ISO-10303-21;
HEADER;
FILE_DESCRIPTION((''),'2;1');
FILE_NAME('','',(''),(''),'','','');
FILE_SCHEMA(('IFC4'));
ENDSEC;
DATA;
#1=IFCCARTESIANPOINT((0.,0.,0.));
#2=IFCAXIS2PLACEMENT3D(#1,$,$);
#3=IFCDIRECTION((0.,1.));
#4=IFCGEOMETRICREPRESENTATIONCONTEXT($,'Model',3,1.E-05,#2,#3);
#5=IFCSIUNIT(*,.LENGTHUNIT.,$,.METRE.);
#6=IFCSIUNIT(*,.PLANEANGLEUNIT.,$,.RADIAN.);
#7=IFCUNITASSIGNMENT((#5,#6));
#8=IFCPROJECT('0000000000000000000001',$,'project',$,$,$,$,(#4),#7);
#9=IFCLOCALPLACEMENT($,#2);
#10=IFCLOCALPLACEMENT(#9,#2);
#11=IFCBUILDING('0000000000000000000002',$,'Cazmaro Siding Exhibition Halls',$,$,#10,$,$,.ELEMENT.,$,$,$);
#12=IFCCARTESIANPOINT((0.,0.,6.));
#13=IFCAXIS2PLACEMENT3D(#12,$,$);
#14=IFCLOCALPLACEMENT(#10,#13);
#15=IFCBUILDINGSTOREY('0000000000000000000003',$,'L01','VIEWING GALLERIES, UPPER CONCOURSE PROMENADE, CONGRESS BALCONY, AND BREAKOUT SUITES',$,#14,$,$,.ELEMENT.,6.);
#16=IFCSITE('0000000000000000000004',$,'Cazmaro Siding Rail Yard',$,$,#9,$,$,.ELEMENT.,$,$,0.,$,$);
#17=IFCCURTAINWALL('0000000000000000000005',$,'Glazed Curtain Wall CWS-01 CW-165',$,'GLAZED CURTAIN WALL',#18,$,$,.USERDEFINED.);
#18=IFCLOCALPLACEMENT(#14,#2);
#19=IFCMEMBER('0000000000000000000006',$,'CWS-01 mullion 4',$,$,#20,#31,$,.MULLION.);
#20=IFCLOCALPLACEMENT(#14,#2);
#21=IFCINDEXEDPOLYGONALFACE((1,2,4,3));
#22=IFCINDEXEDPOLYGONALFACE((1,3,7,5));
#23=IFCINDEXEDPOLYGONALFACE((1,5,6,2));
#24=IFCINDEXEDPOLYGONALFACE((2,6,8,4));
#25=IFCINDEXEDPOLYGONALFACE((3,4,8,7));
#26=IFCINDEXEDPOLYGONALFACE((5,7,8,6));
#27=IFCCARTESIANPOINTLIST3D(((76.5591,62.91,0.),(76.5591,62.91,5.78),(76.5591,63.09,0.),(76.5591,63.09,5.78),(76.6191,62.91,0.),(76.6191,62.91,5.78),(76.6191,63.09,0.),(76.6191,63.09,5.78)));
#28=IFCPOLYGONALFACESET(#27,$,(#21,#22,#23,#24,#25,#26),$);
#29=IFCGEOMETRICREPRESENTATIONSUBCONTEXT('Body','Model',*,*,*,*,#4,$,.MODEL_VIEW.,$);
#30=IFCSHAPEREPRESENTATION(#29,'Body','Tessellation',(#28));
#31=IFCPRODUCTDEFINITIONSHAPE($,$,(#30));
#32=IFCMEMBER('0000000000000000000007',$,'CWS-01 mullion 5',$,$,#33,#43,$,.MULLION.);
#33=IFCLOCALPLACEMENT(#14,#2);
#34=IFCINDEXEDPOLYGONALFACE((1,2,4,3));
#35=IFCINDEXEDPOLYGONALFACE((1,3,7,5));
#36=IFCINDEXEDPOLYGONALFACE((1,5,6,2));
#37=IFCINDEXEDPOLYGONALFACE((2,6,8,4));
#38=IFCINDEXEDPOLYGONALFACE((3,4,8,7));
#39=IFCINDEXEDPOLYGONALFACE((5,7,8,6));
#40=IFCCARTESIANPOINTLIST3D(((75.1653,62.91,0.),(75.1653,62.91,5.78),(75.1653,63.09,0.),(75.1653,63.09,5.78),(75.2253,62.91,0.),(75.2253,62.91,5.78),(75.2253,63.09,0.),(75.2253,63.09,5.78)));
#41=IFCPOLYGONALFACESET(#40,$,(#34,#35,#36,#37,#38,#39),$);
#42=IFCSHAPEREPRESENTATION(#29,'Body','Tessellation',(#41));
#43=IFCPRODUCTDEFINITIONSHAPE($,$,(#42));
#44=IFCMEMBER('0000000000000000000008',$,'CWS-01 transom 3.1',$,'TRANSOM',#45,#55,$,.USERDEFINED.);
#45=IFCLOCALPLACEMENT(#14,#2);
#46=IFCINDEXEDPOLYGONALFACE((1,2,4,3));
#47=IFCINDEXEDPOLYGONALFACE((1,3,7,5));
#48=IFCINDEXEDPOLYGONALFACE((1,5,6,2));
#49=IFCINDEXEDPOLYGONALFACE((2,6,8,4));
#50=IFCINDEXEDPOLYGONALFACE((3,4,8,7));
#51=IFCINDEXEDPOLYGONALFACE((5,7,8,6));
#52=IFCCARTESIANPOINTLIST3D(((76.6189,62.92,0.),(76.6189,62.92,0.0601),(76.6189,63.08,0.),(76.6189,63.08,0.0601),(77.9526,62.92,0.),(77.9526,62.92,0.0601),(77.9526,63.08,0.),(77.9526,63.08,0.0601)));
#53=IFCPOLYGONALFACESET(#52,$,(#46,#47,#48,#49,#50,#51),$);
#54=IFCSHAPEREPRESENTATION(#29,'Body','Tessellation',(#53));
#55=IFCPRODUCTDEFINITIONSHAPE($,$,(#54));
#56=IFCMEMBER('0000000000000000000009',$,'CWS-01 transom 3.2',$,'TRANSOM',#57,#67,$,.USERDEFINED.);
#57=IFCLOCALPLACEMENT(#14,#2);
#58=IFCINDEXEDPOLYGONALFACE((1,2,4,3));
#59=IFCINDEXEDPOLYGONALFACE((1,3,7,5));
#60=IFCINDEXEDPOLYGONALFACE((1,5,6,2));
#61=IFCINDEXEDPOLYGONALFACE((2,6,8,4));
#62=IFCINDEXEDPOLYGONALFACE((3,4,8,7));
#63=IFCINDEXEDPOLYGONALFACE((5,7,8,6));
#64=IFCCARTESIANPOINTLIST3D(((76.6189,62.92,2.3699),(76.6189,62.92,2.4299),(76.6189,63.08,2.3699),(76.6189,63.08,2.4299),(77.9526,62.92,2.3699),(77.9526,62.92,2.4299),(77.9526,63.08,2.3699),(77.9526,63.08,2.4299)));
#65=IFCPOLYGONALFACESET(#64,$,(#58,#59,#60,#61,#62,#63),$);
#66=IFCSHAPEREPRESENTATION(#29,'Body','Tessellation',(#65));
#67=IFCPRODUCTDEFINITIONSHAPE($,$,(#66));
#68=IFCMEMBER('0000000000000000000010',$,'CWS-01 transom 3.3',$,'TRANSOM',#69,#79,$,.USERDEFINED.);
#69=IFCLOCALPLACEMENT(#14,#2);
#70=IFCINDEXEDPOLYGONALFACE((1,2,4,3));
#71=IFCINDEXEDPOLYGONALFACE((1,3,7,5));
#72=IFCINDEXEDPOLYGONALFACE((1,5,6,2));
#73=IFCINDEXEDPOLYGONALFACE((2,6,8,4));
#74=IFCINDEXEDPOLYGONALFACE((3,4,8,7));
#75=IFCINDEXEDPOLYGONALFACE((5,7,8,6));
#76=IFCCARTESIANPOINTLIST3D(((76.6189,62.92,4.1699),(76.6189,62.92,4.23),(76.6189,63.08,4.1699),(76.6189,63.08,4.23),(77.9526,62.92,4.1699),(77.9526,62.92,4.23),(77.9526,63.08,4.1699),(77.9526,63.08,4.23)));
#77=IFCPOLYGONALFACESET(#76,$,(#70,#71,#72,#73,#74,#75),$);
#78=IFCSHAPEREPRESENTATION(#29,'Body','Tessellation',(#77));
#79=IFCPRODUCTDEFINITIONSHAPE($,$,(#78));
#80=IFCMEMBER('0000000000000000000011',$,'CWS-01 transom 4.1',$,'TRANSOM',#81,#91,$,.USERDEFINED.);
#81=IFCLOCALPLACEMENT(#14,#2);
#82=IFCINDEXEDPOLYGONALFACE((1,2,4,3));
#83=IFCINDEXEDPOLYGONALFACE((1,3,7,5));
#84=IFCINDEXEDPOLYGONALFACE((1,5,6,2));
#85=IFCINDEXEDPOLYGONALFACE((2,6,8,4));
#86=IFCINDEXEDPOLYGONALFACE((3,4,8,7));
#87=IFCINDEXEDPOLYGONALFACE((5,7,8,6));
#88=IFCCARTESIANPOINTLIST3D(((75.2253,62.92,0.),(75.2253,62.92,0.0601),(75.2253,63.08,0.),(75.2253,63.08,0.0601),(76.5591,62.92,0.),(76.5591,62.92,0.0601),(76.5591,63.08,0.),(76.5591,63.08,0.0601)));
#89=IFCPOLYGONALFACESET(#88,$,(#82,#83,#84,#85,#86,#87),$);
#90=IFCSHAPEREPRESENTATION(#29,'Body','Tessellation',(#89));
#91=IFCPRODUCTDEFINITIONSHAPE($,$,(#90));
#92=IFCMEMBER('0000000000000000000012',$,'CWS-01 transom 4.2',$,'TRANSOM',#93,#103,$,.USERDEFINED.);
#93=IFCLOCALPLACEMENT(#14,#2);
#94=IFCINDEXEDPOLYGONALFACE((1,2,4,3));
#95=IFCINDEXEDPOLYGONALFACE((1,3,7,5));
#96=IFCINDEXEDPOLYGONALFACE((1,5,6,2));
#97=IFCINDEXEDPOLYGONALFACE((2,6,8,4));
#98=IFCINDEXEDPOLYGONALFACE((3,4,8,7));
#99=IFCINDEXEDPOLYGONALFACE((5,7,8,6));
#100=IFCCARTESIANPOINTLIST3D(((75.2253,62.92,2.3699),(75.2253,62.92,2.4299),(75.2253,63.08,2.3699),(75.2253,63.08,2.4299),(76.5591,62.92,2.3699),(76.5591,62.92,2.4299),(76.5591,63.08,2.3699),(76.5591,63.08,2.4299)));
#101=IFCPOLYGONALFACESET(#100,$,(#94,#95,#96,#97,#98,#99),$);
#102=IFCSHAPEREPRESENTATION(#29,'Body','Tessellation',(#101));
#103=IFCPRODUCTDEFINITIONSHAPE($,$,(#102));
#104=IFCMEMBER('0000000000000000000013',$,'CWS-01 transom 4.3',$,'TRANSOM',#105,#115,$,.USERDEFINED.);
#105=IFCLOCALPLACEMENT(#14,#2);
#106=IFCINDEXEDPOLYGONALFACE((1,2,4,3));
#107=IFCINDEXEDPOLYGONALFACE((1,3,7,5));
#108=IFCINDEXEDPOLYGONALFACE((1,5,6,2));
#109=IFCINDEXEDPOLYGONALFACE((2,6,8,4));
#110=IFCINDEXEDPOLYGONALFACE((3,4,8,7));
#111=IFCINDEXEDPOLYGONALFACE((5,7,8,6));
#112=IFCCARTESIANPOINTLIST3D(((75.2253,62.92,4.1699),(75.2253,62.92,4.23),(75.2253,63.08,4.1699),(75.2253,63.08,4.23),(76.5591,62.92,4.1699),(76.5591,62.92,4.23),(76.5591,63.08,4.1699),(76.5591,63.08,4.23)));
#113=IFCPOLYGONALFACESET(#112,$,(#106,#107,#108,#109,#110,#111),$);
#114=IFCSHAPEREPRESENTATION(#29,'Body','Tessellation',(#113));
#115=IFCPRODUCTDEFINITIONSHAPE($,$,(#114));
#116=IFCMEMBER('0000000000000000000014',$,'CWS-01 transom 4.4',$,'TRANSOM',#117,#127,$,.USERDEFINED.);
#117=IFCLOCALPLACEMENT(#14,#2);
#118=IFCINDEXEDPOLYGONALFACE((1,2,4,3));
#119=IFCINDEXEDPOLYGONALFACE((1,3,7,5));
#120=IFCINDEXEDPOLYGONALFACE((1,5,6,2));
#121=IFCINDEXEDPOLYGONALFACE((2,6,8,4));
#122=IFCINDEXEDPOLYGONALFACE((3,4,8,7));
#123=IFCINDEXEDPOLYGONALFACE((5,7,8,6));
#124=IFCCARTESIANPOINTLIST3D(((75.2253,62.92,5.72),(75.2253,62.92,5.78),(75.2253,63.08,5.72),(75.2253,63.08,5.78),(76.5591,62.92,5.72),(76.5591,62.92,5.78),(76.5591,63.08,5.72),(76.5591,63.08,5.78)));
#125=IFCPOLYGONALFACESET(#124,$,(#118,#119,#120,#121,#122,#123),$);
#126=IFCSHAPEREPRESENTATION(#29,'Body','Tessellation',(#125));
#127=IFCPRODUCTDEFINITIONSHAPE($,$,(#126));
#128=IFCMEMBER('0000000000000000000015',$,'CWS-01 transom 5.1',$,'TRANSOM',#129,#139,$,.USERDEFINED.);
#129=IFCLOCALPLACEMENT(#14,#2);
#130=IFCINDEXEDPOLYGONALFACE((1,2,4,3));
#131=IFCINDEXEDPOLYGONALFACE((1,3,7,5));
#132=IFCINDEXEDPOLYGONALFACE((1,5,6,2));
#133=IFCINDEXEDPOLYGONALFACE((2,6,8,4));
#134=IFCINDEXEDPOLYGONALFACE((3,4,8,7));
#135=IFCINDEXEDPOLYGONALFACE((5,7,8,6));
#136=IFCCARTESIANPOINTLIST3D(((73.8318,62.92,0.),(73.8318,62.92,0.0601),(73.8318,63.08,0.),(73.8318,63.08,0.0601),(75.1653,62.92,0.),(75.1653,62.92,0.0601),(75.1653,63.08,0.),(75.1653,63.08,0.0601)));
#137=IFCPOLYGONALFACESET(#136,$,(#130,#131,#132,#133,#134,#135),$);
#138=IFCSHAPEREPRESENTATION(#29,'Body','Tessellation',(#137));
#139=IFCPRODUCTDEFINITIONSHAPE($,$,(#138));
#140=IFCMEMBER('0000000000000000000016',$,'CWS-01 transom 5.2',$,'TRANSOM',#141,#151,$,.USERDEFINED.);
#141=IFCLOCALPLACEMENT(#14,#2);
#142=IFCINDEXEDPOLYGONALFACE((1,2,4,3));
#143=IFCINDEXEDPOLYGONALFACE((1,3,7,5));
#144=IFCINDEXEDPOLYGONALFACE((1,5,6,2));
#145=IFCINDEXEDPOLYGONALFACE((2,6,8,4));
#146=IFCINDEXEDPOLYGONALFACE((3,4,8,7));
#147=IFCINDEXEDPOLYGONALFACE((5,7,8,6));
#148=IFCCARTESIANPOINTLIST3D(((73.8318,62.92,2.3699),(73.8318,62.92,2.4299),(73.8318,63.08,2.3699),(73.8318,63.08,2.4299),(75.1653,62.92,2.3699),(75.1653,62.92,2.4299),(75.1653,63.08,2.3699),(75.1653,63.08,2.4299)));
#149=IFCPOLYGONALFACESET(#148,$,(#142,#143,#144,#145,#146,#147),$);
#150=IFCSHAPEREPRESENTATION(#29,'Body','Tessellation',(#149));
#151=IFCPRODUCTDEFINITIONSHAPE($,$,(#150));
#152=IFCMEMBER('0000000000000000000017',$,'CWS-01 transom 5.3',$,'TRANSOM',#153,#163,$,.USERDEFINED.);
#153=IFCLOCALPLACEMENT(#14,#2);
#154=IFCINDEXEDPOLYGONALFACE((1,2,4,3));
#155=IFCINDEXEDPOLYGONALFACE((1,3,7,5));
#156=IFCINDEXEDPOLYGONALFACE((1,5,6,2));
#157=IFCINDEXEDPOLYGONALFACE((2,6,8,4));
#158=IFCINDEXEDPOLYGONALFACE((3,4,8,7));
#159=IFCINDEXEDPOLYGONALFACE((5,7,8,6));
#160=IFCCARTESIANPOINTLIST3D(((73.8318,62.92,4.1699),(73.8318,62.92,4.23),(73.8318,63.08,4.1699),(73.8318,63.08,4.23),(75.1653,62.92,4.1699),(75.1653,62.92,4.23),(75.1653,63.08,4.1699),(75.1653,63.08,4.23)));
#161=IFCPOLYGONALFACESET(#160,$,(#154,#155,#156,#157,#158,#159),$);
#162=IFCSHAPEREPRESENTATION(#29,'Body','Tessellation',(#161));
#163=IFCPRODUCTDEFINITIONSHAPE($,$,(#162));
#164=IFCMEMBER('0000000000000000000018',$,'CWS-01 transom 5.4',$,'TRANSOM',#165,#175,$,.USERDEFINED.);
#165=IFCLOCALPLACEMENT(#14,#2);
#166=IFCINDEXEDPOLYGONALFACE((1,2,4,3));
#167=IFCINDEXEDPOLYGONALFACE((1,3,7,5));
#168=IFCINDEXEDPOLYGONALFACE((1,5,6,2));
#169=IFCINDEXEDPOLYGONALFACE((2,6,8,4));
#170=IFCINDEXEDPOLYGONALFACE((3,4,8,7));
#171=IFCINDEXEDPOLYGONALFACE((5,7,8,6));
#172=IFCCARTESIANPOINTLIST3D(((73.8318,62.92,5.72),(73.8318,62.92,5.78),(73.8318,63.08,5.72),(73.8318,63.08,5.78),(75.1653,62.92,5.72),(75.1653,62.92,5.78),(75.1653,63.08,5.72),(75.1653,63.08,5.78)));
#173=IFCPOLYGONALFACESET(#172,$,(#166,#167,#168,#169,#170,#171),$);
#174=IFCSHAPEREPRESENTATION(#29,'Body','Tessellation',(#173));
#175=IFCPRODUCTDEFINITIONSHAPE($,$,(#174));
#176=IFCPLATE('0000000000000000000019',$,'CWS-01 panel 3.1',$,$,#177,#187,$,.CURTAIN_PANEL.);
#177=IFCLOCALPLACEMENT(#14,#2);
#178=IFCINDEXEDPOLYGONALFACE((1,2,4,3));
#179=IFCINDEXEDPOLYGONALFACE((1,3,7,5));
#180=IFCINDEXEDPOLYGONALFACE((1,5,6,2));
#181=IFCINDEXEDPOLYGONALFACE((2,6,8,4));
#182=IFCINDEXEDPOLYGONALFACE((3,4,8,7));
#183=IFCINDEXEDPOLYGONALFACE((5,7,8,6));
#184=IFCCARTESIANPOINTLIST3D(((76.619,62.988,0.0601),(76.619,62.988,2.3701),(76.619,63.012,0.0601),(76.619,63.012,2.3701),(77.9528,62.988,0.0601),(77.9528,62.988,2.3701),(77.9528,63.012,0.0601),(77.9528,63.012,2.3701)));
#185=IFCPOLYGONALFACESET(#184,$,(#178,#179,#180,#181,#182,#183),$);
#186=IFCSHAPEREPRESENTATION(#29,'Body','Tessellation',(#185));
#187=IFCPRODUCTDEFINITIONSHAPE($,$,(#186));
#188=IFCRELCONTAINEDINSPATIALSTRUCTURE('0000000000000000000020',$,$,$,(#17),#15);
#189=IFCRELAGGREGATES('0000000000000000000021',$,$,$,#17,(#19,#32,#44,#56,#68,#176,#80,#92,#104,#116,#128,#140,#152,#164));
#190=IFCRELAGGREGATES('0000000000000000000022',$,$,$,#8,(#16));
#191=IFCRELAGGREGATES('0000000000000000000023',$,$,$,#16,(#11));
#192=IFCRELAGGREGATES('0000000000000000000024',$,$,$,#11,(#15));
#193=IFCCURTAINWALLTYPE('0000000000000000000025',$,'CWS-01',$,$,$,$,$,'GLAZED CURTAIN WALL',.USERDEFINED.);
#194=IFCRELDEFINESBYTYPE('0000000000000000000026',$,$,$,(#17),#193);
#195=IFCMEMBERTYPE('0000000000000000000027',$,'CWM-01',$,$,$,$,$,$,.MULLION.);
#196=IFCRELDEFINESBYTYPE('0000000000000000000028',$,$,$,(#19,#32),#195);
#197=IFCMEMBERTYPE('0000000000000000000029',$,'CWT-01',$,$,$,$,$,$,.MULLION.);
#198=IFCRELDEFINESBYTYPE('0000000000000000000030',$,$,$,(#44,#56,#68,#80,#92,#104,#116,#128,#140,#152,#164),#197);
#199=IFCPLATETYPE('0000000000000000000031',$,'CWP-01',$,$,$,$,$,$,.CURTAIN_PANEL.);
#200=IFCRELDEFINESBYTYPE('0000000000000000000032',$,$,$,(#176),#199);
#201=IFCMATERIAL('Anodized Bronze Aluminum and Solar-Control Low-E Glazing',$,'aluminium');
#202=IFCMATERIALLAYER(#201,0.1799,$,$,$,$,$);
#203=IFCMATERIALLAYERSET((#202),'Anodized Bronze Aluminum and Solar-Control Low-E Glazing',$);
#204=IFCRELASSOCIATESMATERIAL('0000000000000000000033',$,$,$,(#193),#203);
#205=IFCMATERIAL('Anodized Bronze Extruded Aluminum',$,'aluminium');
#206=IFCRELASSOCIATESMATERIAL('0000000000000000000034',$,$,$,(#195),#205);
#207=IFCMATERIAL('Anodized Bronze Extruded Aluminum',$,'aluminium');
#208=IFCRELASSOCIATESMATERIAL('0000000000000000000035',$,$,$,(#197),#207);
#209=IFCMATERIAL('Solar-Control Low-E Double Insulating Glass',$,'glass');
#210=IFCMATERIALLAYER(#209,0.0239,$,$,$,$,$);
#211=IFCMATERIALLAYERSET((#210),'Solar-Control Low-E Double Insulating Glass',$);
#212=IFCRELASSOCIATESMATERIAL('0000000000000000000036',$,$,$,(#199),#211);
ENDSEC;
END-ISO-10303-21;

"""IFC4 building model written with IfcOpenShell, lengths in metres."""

from ifc_helpers import new_model, si_unit, direction, frame, origin, origin_2d, place, context, subcontext, project, spatial, rectangle, extrude, material, layer, layer_set, material_profile, profile_set, type_object, element, aggregate, save


model = new_model("IFC4")

# Units and contexts
model_context = context("Model", 3, precision=1e-05, world=origin(), true_north=direction((0.0, 1.0)))
body_context = subcontext(model_context, "Body", "Model", "MODEL_VIEW")
ifc_project = project(units=[si_unit("LENGTHUNIT", "METRE"), si_unit("PLANEANGLEUNIT", "RADIAN")], contexts=[model_context])

# Site, building, storey
site_placement = place(None, origin())
site = spatial("IfcSite", under=ifc_project, at=site_placement, Name="Cazmaro Siding Rail Yard", CompositionType="ELEMENT", RefElevation=0.0)
building_placement = place(site_placement, origin())
building = spatial("IfcBuilding", under=site, at=building_placement, Name="Cazmaro Siding Exhibition Halls", CompositionType="ELEMENT")
storey_placement = place(building_placement, frame((0.0, 0.0, 6.0)))
storey = spatial("IfcBuildingStorey", under=building, at=storey_placement, Name="L01", Description="VIEWING GALLERIES, UPPER CONCOURSE PROMENADE, CONGRESS BALCONY, AND BREAKOUT SUITES", CompositionType="ELEMENT", Elevation=6.0)

# Curtain wall, members, plate
ifc_material_1 = material(Name="Anodized Bronze Aluminum and Solar-Control Low-E Glazing", Category="aluminium")
ifc_layer_1 = layer(ifc_material_1, 0.1799)
ifc_layer_set_1 = layer_set([ifc_layer_1], Name="Anodized Bronze Aluminum and Solar-Control Low-E Glazing")
curtain_wall_type = type_object("IfcCurtainWallType", Name="CWS-01", ElementType="GLAZED CURTAIN WALL", PredefinedType="USERDEFINED", material=ifc_layer_set_1)
curtain_wall_placement = place(storey_placement, origin())
curtain_wall = element("IfcCurtainWall", 1, at=curtain_wall_placement, inside=storey, type_object=curtain_wall_type, Name="Glazed Curtain Wall CWS-01 CW-165", ObjectType="GLAZED CURTAIN WALL", PredefinedType="USERDEFINED")
ifc_material_2 = material(Name="Anodized Bronze Extruded Aluminum", Category="aluminium")
ifc_material_profile_1 = material_profile(ifc_material_2, rectangle(XDim=0.1799, YDim=0.0601, at=origin_2d()), Name="CWM-01")
ifc_profile_set_1 = profile_set([ifc_material_profile_1], Name="Anodized Bronze Extruded Aluminum")
member_type_1 = type_object("IfcMemberType", Name="CWM-01", PredefinedType="MULLION", material=ifc_profile_set_1)
member_1_placement = place(storey_placement, frame((76.5891, 63.0, 0.0), z_axis=(0.0, 0.0, 1.0), x_axis=(0.0, -1.0, 0.0)))
member_1 = element("IfcMember", 2, at=member_1_placement, type_object=member_type_1, Name="CWS-01 mullion 4", PredefinedType="MULLION", context=body_context, shape_type="SweptSolid", body=[
    extrude(rectangle(XDim=0.1799, YDim=0.0601, at=origin_2d()), origin(), (0.0, 0.0, 1.0), 5.78),
])
member_2_placement = place(storey_placement, frame((75.1953, 63.0, 0.0), z_axis=(0.0, 0.0, 1.0), x_axis=(0.0, -1.0, 0.0)))
member_2 = element("IfcMember", 3, at=member_2_placement, type_object=member_type_1, Name="CWS-01 mullion 5", PredefinedType="MULLION", context=body_context, shape_type="SweptSolid", body=[
    extrude(rectangle(XDim=0.1799, YDim=0.0601, at=origin_2d()), origin(), (0.0, 0.0, 1.0), 5.78),
])
ifc_material_3 = material(Name="Anodized Bronze Extruded Aluminum", Category="aluminium")
ifc_material_profile_2 = material_profile(ifc_material_3, rectangle(XDim=0.1599, YDim=0.0601, at=origin_2d()), Name="CWT-01")
ifc_profile_set_2 = profile_set([ifc_material_profile_2], Name="Anodized Bronze Extruded Aluminum")
member_type_2 = type_object("IfcMemberType", Name="CWT-01", PredefinedType="MULLION", material=ifc_profile_set_2)
member_3_placement = place(storey_placement, frame((77.9526, 63.0, 0.03), z_axis=(-1.0, 0.0, 0.0), x_axis=(0.0, -1.0, 0.0)))
member_3 = element("IfcMember", 4, at=member_3_placement, type_object=member_type_2, Name="CWS-01 transom 3.1", ObjectType="TRANSOM", PredefinedType="USERDEFINED", context=body_context, shape_type="SweptSolid", body=[
    extrude(rectangle(XDim=0.1599, YDim=0.0601, at=origin_2d()), origin(), (0.0, 0.0, 1.0), 1.3337),
])
member_4_placement = place(storey_placement, frame((77.9526, 63.0, 2.3999), z_axis=(-1.0, 0.0, 0.0), x_axis=(0.0, -1.0, 0.0)))
member_4 = element("IfcMember", 5, at=member_4_placement, type_object=member_type_2, Name="CWS-01 transom 3.2", ObjectType="TRANSOM", PredefinedType="USERDEFINED", context=body_context, shape_type="SweptSolid", body=[
    extrude(rectangle(XDim=0.1599, YDim=0.0601, at=origin_2d()), origin(), (0.0, 0.0, 1.0), 1.3337),
])
member_5_placement = place(storey_placement, frame((77.9526, 63.0, 4.2), z_axis=(-1.0, 0.0, 0.0), x_axis=(0.0, -1.0, 0.0)))
member_5 = element("IfcMember", 6, at=member_5_placement, type_object=member_type_2, Name="CWS-01 transom 3.3", ObjectType="TRANSOM", PredefinedType="USERDEFINED", context=body_context, shape_type="SweptSolid", body=[
    extrude(rectangle(XDim=0.1599, YDim=0.0601, at=origin_2d()), origin(), (0.0, 0.0, 1.0), 1.3337),
])
member_6_placement = place(storey_placement, frame((76.5591, 63.0, 0.03), z_axis=(-1.0, 0.0, 0.0), x_axis=(0.0, -1.0, 0.0)))
member_6 = element("IfcMember", 7, at=member_6_placement, type_object=member_type_2, Name="CWS-01 transom 4.1", ObjectType="TRANSOM", PredefinedType="USERDEFINED", context=body_context, shape_type="SweptSolid", body=[
    extrude(rectangle(XDim=0.1599, YDim=0.0601, at=origin_2d()), origin(), (0.0, 0.0, 1.0), 1.3337),
])
member_7_placement = place(storey_placement, frame((76.5591, 63.0, 2.3999), z_axis=(-1.0, 0.0, 0.0), x_axis=(0.0, -1.0, 0.0)))
member_7 = element("IfcMember", 8, at=member_7_placement, type_object=member_type_2, Name="CWS-01 transom 4.2", ObjectType="TRANSOM", PredefinedType="USERDEFINED", context=body_context, shape_type="SweptSolid", body=[
    extrude(rectangle(XDim=0.1599, YDim=0.0601, at=origin_2d()), origin(), (0.0, 0.0, 1.0), 1.3337),
])
member_8_placement = place(storey_placement, frame((76.5591, 63.0, 4.2), z_axis=(-1.0, 0.0, 0.0), x_axis=(0.0, -1.0, 0.0)))
member_8 = element("IfcMember", 9, at=member_8_placement, type_object=member_type_2, Name="CWS-01 transom 4.3", ObjectType="TRANSOM", PredefinedType="USERDEFINED", context=body_context, shape_type="SweptSolid", body=[
    extrude(rectangle(XDim=0.1599, YDim=0.0601, at=origin_2d()), origin(), (0.0, 0.0, 1.0), 1.3337),
])
member_9_placement = place(storey_placement, frame((76.5591, 63.0, 5.75), z_axis=(-1.0, 0.0, 0.0), x_axis=(0.0, -1.0, 0.0)))
member_9 = element("IfcMember", 10, at=member_9_placement, type_object=member_type_2, Name="CWS-01 transom 4.4", ObjectType="TRANSOM", PredefinedType="USERDEFINED", context=body_context, shape_type="SweptSolid", body=[
    extrude(rectangle(XDim=0.1599, YDim=0.0601, at=origin_2d()), origin(), (0.0, 0.0, 1.0), 1.3337),
])
member_10_placement = place(storey_placement, frame((75.1653, 63.0, 0.03), z_axis=(-1.0, 0.0, 0.0), x_axis=(0.0, -1.0, 0.0)))
member_10 = element("IfcMember", 11, at=member_10_placement, type_object=member_type_2, Name="CWS-01 transom 5.1", ObjectType="TRANSOM", PredefinedType="USERDEFINED", context=body_context, shape_type="SweptSolid", body=[
    extrude(rectangle(XDim=0.1599, YDim=0.0601, at=origin_2d()), origin(), (0.0, 0.0, 1.0), 1.3335),
])
member_11_placement = place(storey_placement, frame((75.1653, 63.0, 2.3999), z_axis=(-1.0, 0.0, 0.0), x_axis=(0.0, -1.0, 0.0)))
member_11 = element("IfcMember", 12, at=member_11_placement, type_object=member_type_2, Name="CWS-01 transom 5.2", ObjectType="TRANSOM", PredefinedType="USERDEFINED", context=body_context, shape_type="SweptSolid", body=[
    extrude(rectangle(XDim=0.1599, YDim=0.0601, at=origin_2d()), origin(), (0.0, 0.0, 1.0), 1.3335),
])
member_12_placement = place(storey_placement, frame((75.1653, 63.0, 4.2), z_axis=(-1.0, 0.0, 0.0), x_axis=(0.0, -1.0, 0.0)))
member_12 = element("IfcMember", 13, at=member_12_placement, type_object=member_type_2, Name="CWS-01 transom 5.3", ObjectType="TRANSOM", PredefinedType="USERDEFINED", context=body_context, shape_type="SweptSolid", body=[
    extrude(rectangle(XDim=0.1599, YDim=0.0601, at=origin_2d()), origin(), (0.0, 0.0, 1.0), 1.3335),
])
member_13_placement = place(storey_placement, frame((75.1653, 63.0, 5.75), z_axis=(-1.0, 0.0, 0.0), x_axis=(0.0, -1.0, 0.0)))
member_13 = element("IfcMember", 14, at=member_13_placement, type_object=member_type_2, Name="CWS-01 transom 5.4", ObjectType="TRANSOM", PredefinedType="USERDEFINED", context=body_context, shape_type="SweptSolid", body=[
    extrude(rectangle(XDim=0.1599, YDim=0.0601, at=origin_2d()), origin(), (0.0, 0.0, 1.0), 1.3335),
])
ifc_material_4 = material(Name="Solar-Control Low-E Double Insulating Glass", Category="glass")
ifc_layer_2 = layer(ifc_material_4, 0.0239)
ifc_layer_set_2 = layer_set([ifc_layer_2], Name="Solar-Control Low-E Double Insulating Glass")
plate_type = type_object("IfcPlateType", Name="CWP-01", PredefinedType="CURTAIN_PANEL", material=ifc_layer_set_2)
plate_1_placement = place(storey_placement, frame((77.2859, 63.0, 0.0601), z_axis=(0.0, 0.0, 1.0), x_axis=(-1.0, 0.0, 0.0)))
plate_1 = element("IfcPlate", 15, at=plate_1_placement, type_object=plate_type, Name="CWS-01 panel 3.1", PredefinedType="CURTAIN_PANEL", context=body_context, shape_type="SweptSolid", body=[
    extrude(rectangle(XDim=1.3337, YDim=0.0239, at=origin_2d()), origin(), (0.0, 0.0, 1.0), 2.3101),
])
aggregate(curtain_wall, [member_1, member_2, member_3, member_4, member_5, plate_1, member_6, member_7, member_8, member_9, member_10, member_11, member_12, member_13])

save(model, "model.ifc")
